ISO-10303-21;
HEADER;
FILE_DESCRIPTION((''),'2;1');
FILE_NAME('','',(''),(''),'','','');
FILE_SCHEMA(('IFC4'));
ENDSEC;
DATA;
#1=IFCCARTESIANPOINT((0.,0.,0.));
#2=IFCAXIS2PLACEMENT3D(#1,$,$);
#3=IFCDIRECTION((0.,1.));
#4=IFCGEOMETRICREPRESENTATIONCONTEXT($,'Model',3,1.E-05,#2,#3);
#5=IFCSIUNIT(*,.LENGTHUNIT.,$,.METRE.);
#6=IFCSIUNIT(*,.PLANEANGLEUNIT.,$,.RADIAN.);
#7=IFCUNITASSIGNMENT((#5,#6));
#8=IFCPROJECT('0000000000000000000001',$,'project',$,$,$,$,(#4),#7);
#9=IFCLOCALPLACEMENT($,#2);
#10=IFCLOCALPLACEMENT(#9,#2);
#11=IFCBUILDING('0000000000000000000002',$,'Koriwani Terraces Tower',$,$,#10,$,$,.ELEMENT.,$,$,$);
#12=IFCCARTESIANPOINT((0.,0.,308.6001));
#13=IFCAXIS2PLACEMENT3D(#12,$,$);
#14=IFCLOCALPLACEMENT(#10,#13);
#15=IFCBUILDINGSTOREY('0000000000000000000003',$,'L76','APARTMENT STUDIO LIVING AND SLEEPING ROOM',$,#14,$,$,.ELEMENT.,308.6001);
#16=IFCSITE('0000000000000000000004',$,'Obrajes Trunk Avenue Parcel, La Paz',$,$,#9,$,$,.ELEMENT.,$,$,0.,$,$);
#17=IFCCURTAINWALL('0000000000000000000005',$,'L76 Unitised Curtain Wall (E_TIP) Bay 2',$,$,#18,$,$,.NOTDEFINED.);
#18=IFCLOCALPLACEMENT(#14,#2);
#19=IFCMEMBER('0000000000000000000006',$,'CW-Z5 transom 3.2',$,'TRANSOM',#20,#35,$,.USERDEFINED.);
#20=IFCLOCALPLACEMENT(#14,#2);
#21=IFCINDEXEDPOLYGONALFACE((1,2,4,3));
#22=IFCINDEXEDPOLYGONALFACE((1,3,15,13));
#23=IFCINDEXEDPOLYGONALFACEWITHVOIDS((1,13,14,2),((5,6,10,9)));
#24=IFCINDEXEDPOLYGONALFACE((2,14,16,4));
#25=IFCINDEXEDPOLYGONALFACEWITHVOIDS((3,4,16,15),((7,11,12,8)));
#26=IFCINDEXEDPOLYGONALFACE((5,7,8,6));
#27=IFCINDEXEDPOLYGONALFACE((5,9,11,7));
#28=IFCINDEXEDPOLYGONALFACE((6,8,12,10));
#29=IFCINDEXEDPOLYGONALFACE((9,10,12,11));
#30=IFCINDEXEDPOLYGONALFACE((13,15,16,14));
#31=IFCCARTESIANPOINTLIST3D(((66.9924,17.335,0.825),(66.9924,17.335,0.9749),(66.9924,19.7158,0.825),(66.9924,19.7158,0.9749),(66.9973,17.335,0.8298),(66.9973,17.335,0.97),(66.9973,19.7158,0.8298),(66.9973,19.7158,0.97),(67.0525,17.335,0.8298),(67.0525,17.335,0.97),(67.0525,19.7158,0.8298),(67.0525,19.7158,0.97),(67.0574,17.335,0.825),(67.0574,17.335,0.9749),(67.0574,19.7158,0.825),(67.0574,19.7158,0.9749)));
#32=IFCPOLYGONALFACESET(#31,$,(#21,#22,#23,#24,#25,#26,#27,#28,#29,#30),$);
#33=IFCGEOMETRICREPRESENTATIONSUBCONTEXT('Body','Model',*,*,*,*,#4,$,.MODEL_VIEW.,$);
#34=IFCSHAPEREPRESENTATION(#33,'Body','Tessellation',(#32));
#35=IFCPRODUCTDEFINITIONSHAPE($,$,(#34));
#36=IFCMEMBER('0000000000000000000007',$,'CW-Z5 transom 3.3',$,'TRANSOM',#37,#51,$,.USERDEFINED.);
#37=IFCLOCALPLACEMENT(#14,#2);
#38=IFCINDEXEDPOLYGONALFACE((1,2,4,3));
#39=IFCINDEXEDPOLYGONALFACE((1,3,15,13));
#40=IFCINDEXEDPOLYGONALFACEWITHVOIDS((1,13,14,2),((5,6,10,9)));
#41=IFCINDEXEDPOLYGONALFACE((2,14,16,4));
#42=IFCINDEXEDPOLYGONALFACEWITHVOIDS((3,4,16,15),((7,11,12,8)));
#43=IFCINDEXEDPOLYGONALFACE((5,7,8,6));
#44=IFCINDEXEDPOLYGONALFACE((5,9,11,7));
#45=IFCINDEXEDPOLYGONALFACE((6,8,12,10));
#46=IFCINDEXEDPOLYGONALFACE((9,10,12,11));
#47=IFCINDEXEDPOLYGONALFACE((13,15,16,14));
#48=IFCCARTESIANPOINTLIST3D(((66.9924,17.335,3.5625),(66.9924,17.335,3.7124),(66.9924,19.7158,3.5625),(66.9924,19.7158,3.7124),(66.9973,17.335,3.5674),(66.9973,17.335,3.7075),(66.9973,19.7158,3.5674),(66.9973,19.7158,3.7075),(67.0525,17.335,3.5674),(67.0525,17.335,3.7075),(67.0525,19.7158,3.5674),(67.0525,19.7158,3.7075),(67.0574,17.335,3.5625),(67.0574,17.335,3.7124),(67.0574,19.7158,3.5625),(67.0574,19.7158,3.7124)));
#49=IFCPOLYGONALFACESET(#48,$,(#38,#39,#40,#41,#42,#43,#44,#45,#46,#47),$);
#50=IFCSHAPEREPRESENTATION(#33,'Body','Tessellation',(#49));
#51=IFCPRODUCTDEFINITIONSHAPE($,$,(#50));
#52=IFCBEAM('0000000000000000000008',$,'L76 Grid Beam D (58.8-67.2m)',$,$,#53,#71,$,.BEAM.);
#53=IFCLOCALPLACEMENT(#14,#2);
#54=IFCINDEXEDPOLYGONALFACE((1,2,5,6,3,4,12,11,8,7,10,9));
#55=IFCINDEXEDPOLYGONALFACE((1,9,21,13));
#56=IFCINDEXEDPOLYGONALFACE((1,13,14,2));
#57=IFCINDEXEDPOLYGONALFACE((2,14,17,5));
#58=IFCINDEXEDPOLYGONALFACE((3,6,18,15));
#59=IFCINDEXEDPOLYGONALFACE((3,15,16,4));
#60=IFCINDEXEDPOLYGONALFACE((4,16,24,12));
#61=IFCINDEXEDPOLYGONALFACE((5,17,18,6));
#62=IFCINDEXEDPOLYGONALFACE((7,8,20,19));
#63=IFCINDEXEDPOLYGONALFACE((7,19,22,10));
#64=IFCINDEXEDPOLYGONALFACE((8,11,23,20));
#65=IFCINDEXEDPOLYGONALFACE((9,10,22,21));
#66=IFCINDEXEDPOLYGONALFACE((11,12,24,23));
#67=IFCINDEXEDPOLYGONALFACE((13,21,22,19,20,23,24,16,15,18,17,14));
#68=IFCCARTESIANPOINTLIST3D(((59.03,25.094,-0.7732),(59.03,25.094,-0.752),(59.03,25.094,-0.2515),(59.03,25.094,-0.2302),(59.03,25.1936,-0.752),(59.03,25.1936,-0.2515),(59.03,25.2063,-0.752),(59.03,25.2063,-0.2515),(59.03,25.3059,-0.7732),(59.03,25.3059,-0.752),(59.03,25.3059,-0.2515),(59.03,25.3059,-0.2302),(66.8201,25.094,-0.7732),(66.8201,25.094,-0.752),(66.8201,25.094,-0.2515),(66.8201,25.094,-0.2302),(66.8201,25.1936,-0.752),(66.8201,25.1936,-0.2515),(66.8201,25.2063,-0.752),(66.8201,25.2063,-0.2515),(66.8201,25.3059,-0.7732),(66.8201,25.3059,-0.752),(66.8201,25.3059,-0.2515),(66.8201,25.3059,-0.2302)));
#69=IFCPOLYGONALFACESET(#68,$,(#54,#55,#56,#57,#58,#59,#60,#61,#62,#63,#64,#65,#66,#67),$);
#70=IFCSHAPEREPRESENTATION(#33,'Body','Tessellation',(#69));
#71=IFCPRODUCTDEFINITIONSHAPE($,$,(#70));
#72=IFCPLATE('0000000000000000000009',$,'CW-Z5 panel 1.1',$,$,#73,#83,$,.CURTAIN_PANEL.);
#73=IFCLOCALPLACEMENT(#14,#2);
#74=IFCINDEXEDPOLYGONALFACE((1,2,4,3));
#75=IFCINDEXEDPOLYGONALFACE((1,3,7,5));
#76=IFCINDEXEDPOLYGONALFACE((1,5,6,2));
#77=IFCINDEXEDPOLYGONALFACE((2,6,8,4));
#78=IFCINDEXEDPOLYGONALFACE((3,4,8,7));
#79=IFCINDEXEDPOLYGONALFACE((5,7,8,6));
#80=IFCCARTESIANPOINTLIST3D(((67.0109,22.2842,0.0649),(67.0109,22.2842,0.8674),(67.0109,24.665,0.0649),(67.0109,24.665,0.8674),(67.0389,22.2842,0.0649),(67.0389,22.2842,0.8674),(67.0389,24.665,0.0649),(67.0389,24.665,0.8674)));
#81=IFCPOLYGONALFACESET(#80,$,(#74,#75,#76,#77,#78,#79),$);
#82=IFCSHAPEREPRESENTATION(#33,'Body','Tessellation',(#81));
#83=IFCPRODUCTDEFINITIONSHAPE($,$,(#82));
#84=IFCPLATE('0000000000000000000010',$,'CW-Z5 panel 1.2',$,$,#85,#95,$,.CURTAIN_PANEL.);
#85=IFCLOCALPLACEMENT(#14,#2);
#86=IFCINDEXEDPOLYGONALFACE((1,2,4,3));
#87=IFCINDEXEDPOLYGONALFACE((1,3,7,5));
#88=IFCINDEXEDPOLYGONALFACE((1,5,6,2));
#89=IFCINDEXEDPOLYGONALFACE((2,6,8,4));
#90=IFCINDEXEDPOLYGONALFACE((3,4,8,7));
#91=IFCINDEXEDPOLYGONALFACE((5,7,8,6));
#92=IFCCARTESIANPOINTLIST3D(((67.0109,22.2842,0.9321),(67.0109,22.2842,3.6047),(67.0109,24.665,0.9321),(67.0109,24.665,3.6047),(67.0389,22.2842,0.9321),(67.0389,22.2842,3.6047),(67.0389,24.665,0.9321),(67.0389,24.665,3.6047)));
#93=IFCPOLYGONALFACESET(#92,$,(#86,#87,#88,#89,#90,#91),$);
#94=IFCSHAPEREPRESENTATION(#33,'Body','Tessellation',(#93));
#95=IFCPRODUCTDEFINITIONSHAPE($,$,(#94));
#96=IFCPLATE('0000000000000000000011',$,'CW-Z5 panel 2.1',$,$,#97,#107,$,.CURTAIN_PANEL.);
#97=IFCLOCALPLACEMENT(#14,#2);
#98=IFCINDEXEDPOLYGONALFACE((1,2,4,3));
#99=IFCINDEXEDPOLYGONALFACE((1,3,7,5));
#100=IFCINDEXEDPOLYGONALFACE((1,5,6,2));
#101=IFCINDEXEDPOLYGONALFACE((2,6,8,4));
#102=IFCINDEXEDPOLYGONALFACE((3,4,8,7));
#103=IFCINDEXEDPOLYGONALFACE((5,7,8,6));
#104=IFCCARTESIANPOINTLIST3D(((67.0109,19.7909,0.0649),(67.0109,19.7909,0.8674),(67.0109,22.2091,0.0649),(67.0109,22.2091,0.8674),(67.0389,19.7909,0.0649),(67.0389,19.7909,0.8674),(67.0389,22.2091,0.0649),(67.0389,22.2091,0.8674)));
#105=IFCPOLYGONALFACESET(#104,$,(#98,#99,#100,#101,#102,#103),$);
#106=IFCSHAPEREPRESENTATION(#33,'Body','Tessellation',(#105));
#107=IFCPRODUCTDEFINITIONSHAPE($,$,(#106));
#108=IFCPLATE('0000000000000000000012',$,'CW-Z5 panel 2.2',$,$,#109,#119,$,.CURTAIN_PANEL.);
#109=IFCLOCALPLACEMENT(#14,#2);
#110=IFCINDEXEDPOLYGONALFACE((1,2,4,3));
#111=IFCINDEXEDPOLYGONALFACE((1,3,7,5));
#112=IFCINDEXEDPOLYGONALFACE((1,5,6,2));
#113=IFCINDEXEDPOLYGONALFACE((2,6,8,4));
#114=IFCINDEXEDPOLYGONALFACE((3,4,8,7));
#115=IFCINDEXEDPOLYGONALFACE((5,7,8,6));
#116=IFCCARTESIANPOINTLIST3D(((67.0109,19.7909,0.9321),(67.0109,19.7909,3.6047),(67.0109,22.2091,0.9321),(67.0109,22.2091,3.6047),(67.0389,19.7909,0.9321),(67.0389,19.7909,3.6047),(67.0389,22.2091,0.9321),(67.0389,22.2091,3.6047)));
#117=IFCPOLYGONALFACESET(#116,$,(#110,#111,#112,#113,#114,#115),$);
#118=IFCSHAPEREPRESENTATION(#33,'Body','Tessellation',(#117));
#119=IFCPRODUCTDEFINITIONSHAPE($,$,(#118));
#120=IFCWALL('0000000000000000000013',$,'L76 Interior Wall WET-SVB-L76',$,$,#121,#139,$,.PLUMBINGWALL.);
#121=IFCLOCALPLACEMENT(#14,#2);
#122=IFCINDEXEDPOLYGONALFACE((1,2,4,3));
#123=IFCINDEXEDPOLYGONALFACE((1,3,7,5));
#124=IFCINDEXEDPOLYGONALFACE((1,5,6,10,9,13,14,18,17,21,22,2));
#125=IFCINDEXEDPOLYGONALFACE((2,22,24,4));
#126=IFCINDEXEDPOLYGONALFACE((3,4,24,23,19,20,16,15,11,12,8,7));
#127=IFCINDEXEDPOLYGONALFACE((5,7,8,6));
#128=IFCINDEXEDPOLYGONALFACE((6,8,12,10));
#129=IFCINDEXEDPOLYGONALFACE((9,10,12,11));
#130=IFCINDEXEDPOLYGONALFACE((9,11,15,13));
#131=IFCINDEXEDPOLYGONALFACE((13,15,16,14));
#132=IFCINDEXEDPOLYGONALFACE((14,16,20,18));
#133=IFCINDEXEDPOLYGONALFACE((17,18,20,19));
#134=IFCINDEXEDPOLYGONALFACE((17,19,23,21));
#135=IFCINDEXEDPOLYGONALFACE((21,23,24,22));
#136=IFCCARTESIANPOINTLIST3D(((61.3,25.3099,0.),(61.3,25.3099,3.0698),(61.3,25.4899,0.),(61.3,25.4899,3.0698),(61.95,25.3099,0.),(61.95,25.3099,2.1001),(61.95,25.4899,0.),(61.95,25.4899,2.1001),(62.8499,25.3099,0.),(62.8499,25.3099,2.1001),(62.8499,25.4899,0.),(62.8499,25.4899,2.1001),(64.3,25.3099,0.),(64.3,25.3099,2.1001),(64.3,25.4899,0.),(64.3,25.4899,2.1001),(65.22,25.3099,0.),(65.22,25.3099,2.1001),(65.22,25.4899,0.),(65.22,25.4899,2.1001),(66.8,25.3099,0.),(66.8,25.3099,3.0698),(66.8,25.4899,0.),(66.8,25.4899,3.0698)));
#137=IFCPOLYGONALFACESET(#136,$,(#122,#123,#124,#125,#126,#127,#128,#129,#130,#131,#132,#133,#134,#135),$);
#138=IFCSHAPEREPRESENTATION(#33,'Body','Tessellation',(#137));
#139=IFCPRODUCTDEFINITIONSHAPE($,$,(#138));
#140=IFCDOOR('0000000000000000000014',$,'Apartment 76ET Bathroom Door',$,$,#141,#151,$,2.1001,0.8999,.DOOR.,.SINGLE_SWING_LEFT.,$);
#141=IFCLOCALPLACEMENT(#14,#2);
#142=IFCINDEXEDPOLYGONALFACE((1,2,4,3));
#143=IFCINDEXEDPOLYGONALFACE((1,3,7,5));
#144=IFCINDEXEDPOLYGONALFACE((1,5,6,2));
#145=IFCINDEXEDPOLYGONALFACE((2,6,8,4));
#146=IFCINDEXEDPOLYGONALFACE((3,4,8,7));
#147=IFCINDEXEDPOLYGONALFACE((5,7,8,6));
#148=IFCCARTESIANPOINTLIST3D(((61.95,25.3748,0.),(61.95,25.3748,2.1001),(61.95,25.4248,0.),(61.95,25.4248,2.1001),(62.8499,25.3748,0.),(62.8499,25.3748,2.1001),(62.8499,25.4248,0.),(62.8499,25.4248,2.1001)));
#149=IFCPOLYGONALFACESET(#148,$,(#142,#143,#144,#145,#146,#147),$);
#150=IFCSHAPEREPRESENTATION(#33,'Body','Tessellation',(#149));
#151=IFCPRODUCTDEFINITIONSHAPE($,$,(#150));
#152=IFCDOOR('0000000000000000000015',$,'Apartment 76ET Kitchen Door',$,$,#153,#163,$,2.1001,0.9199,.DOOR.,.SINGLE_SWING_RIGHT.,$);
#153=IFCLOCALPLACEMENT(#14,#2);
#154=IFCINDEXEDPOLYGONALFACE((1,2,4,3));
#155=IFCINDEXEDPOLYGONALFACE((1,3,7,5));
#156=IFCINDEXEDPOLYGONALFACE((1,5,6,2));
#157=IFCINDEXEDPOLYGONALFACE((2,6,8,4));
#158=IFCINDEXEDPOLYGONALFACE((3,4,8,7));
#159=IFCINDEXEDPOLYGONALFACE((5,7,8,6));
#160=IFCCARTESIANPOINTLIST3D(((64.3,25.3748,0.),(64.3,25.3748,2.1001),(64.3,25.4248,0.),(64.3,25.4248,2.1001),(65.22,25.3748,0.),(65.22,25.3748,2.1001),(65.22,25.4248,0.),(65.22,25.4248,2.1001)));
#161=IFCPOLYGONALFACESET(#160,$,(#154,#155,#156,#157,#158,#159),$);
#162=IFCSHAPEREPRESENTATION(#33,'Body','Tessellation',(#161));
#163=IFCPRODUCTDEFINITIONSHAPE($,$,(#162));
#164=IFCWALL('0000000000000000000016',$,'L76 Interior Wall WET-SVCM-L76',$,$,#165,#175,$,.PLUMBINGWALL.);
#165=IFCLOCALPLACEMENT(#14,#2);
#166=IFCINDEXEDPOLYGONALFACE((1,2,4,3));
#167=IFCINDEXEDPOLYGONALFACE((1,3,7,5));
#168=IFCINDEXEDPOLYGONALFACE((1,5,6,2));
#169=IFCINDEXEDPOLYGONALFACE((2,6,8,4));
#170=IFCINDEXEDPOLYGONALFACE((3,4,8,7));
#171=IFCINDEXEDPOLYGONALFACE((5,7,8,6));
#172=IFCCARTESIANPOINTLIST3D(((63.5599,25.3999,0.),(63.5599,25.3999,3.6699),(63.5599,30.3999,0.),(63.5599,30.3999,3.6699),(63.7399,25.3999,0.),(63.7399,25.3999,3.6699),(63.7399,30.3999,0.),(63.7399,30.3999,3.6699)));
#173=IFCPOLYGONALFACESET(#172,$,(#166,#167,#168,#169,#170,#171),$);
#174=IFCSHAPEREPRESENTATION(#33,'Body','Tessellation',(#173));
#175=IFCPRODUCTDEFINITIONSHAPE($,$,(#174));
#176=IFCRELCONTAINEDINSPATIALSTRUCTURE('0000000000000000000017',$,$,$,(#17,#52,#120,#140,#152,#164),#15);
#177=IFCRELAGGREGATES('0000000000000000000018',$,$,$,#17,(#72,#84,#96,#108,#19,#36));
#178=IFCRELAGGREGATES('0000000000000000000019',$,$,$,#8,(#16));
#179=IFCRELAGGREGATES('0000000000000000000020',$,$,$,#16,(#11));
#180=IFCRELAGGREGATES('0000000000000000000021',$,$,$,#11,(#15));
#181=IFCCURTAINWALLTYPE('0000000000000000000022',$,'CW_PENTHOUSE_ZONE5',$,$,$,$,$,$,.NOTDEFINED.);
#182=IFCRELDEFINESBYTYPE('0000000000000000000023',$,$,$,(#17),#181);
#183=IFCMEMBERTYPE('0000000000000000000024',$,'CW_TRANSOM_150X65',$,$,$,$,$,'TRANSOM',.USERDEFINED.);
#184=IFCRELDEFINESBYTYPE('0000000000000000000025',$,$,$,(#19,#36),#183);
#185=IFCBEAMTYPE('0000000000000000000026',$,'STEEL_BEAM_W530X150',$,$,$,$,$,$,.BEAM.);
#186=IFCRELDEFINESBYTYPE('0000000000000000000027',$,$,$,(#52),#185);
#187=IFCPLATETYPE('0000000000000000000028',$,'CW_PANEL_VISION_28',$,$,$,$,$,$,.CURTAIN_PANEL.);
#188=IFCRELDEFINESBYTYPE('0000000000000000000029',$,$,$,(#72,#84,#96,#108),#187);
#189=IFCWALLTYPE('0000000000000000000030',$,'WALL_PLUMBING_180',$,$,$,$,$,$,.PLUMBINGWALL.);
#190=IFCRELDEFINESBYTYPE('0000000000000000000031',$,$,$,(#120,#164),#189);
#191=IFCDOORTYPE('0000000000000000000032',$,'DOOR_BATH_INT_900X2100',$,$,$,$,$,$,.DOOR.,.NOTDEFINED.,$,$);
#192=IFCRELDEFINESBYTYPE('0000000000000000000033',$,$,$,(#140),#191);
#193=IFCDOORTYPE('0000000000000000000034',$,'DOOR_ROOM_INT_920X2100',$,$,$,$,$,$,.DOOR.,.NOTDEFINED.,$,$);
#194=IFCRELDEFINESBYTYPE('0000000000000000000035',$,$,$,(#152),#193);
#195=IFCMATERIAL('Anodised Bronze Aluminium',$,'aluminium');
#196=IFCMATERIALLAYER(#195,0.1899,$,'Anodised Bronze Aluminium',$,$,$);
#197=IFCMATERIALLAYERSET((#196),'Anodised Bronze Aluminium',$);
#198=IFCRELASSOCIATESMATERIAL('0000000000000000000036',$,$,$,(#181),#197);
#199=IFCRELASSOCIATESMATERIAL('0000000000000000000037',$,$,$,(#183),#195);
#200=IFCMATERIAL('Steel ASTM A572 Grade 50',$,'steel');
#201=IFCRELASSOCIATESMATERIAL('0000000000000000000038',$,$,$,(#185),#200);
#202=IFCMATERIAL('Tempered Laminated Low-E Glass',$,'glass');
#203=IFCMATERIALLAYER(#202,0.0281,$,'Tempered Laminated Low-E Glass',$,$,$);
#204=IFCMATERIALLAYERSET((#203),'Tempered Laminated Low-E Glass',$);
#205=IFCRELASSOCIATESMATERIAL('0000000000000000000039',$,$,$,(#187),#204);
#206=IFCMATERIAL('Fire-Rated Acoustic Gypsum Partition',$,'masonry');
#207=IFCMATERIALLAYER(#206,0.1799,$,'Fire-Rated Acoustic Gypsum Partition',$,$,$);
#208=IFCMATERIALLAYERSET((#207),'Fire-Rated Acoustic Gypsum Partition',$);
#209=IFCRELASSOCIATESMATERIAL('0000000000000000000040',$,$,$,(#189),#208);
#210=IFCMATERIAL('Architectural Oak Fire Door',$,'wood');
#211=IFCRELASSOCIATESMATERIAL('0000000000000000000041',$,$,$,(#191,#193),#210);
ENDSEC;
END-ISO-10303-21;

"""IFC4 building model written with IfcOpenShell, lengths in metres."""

from ifc_helpers import new_model, si_unit, direction, frame, frame_2d, origin, origin_2d, place, context, subcontext, project, spatial, rectangle, hollow_rectangle, i_section, extrude, material, layer, layer_set, material_profile, profile_set, type_object, element, fill, aggregate, save


model = new_model("IFC4")

# Units and contexts
model_context = context("Model", 3, precision=1e-05, world=origin(), true_north=direction((0.0, 1.0)))
body_context = subcontext(model_context, "Body", "Model", "MODEL_VIEW")
ifc_project = project(units=[si_unit("LENGTHUNIT", "METRE"), si_unit("PLANEANGLEUNIT", "RADIAN")], contexts=[model_context])

# Site, building, storey
site_placement = place(None, origin())
site = spatial("IfcSite", under=ifc_project, at=site_placement, Name="Obrajes Trunk Avenue Parcel, La Paz", CompositionType="ELEMENT", RefElevation=0.0)
building_placement = place(site_placement, origin())
building = spatial("IfcBuilding", under=site, at=building_placement, Name="Koriwani Terraces Tower", CompositionType="ELEMENT")
storey_placement = place(building_placement, frame((0.0, 0.0, 308.6001)))
storey = spatial("IfcBuildingStorey", under=building, at=storey_placement, Name="L76", Description="APARTMENT STUDIO LIVING AND SLEEPING ROOM", CompositionType="ELEMENT", Elevation=308.6001)

# Curtain wall, members
ifc_material_1 = material(Name="Anodised Bronze Aluminium", Category="aluminium")
ifc_layer_1 = layer(ifc_material_1, 0.1899, Name="Anodised Bronze Aluminium")
ifc_layer_set_1 = layer_set([ifc_layer_1], Name="Anodised Bronze Aluminium")
curtain_wall_type = type_object("IfcCurtainWallType", Name="CW_PENTHOUSE_ZONE5", PredefinedType="NOTDEFINED", material=ifc_layer_set_1)
curtain_wall_placement = place(storey_placement, origin())
curtain_wall = element("IfcCurtainWall", 1, at=curtain_wall_placement, inside=storey, type_object=curtain_wall_type, Name="L76 Unitised Curtain Wall (E_TIP) Bay 2", PredefinedType="NOTDEFINED")
ifc_material_profile_1 = material_profile(ifc_material_1, hollow_rectangle(XDim=0.0649, YDim=0.1499, WallThickness=0.0049, at=origin_2d()), Name="Anodised Bronze Aluminium", Category="LoadBearing")
ifc_profile_set_1 = profile_set([ifc_material_profile_1], Name="Anodised Bronze Aluminium")
member_type_1 = type_object("IfcMemberType", Name="CW_TRANSOM_150X65", ElementType="TRANSOM", PredefinedType="USERDEFINED", material=ifc_profile_set_1)
member_1_placement = place(storey_placement, frame((67.0249, 19.7158, 0.8999), z_axis=(0.0, -1.0, 0.0), x_axis=(1.0, 0.0, 0.0)))
member_1 = element("IfcMember", 2, at=member_1_placement, type_object=member_type_1, Name="CW-Z5 transom 3.2", ObjectType="TRANSOM", PredefinedType="USERDEFINED", context=body_context, shape_type="SweptSolid", body=[
    extrude(hollow_rectangle(XDim=0.0649, YDim=0.1499, WallThickness=0.0049, at=origin_2d()), origin(), (0.0, 0.0, 1.0), 2.3809),
])
member_2_placement = place(storey_placement, frame((67.0249, 19.7158, 3.6375), z_axis=(0.0, -1.0, 0.0), x_axis=(1.0, 0.0, 0.0)))
member_2 = element("IfcMember", 3, at=member_2_placement, type_object=member_type_1, Name="CW-Z5 transom 3.3", ObjectType="TRANSOM", PredefinedType="USERDEFINED", context=body_context, shape_type="SweptSolid", body=[
    extrude(hollow_rectangle(XDim=0.0649, YDim=0.1499, WallThickness=0.0049, at=origin_2d()), origin(), (0.0, 0.0, 1.0), 2.3809),
])

# Beam
ifc_material_2 = material(Name="Steel ASTM A572 Grade 50", Category="steel")
ifc_material_profile_2 = material_profile(ifc_material_2, i_section(OverallWidth=0.2119, OverallDepth=0.543, WebThickness=0.0127, FlangeThickness=0.0212, at=origin_2d()), Name="Steel ASTM A572 Grade 50", Category="LoadBearing")
ifc_profile_set_2 = profile_set([ifc_material_profile_2], Name="Steel ASTM A572 Grade 50")
beam_type = type_object("IfcBeamType", Name="STEEL_BEAM_W530X150", PredefinedType="BEAM", material=ifc_profile_set_2)
beam_placement = place(storey_placement, frame((59.03, 25.2, -0.5017), z_axis=(1.0, 0.0, 0.0), x_axis=(0.0, 1.0, 0.0)))
element("IfcBeam", 4, at=beam_placement, inside=storey, type_object=beam_type, Name="L76 Grid Beam D (58.8-67.2m)", PredefinedType="BEAM", context=body_context, shape_type="SweptSolid", body=[
    extrude(i_section(OverallWidth=0.2119, OverallDepth=0.543, WebThickness=0.0127, FlangeThickness=0.0212, at=origin_2d()), origin(), (0.0, 0.0, 1.0), 7.79),
])

# Plates
ifc_material_3 = material(Name="Tempered Laminated Low-E Glass", Category="glass")
ifc_layer_2 = layer(ifc_material_3, 0.0281, Name="Tempered Laminated Low-E Glass")
ifc_layer_set_2 = layer_set([ifc_layer_2], Name="Tempered Laminated Low-E Glass")
plate_type = type_object("IfcPlateType", Name="CW_PANEL_VISION_28", PredefinedType="CURTAIN_PANEL", material=ifc_layer_set_2)
plate_1_placement = place(storey_placement, frame((67.0249, 23.4746, 0.0649), z_axis=(0.0, 0.0, 1.0), x_axis=(0.0, -1.0, 0.0)))
plate_1 = element("IfcPlate", 5, at=plate_1_placement, type_object=plate_type, Name="CW-Z5 panel 1.1", PredefinedType="CURTAIN_PANEL", context=body_context, shape_type="SweptSolid", body=[
    extrude(rectangle(XDim=2.3809, YDim=0.0281, at=origin_2d()), origin(), (0.0, 0.0, 1.0), 0.8025),
])
plate_2_placement = place(storey_placement, frame((67.0249, 23.4746, 0.9321), z_axis=(0.0, 0.0, 1.0), x_axis=(0.0, -1.0, 0.0)))
plate_2 = element("IfcPlate", 6, at=plate_2_placement, type_object=plate_type, Name="CW-Z5 panel 1.2", PredefinedType="CURTAIN_PANEL", context=body_context, shape_type="SweptSolid", body=[
    extrude(rectangle(XDim=2.3809, YDim=0.0281, at=origin_2d()), origin(), (0.0, 0.0, 1.0), 2.6726),
])
plate_3_placement = place(storey_placement, frame((67.0249, 21.0, 0.0649), z_axis=(0.0, 0.0, 1.0), x_axis=(0.0, -1.0, 0.0)))
plate_3 = element("IfcPlate", 7, at=plate_3_placement, type_object=plate_type, Name="CW-Z5 panel 2.1", PredefinedType="CURTAIN_PANEL", context=body_context, shape_type="SweptSolid", body=[
    extrude(rectangle(XDim=2.4182, YDim=0.0281, at=origin_2d()), origin(), (0.0, 0.0, 1.0), 0.8025),
])
plate_4_placement = place(storey_placement, frame((67.0249, 21.0, 0.9321), z_axis=(0.0, 0.0, 1.0), x_axis=(0.0, -1.0, 0.0)))
plate_4 = element("IfcPlate", 8, at=plate_4_placement, type_object=plate_type, Name="CW-Z5 panel 2.2", PredefinedType="CURTAIN_PANEL", context=body_context, shape_type="SweptSolid", body=[
    extrude(rectangle(XDim=2.4182, YDim=0.0281, at=origin_2d()), origin(), (0.0, 0.0, 1.0), 2.6726),
])
aggregate(curtain_wall, [plate_1, plate_2, plate_3, plate_4, member_1, member_2])

# Wall, openings, doors
ifc_material_4 = material(Name="Fire-Rated Acoustic Gypsum Partition", Category="masonry")
ifc_layer_3 = layer(ifc_material_4, 0.1799, Name="Fire-Rated Acoustic Gypsum Partition")
ifc_layer_set_3 = layer_set([ifc_layer_3], Name="Fire-Rated Acoustic Gypsum Partition")
wall_type = type_object("IfcWallType", Name="WALL_PLUMBING_180", PredefinedType="PLUMBINGWALL", material=ifc_layer_set_3)
wall_1_placement = place(storey_placement, frame((61.3, 25.3999, 0.0), z_axis=(0.0, 0.0, 1.0), x_axis=(1.0, 0.0, 0.0)))
wall_1 = element("IfcWall", 9, at=wall_1_placement, inside=storey, type_object=wall_type, Name="L76 Interior Wall WET-SVB-L76", PredefinedType="PLUMBINGWALL", context=body_context, shape_type="SweptSolid", body=[
    extrude(rectangle(XDim=5.5, YDim=0.1799, at=frame_2d((2.75, 0.0))), origin(), (0.0, 0.0, 1.0), 3.0698),
])
opening_1_placement = place(wall_1_placement, frame((0.6499, 0.0, 0.0)))
opening_1 = element("IfcOpeningElement", 10, at=opening_1_placement, cuts=wall_1, PredefinedType="OPENING", context=body_context, shape_type="SweptSolid", body=[
    extrude(rectangle(XDim=0.8999, YDim=2.1001, at=frame_2d((0.45, 1.05))), frame((0.0, 0.1001, 0.0), z_axis=(0.0, -1.0, 0.0), x_axis=(1.0, 0.0, 0.0)), (0.0, 0.0, 1.0), 0.2),
])
opening_2_placement = place(wall_1_placement, frame((3.0, 0.0, 0.0)))
opening_2 = element("IfcOpeningElement", 11, at=opening_2_placement, cuts=wall_1, PredefinedType="OPENING", context=body_context, shape_type="SweptSolid", body=[
    extrude(rectangle(XDim=0.9199, YDim=2.1001, at=frame_2d((0.46, 1.05))), frame((0.0, 0.1001, 0.0), z_axis=(0.0, -1.0, 0.0), x_axis=(1.0, 0.0, 0.0)), (0.0, 0.0, 1.0), 0.2),
])
ifc_material_5 = material(Name="Architectural Oak Fire Door", Category="wood")
door_type_1 = type_object("IfcDoorType", Name="DOOR_BATH_INT_900X2100", OperationType="NOTDEFINED", PredefinedType="DOOR", material=ifc_material_5)
door_1_placement = place(opening_1_placement, origin())
door_1 = element("IfcDoor", 12, at=door_1_placement, inside=storey, type_object=door_type_1, Name="Apartment 76ET Bathroom Door", OperationType="SINGLE_SWING_LEFT", OverallHeight=2.1001, OverallWidth=0.8999, PredefinedType="DOOR", context=body_context, shape_type="SweptSolid", body=[
    extrude(rectangle(XDim=0.8999, YDim=2.1001, at=frame_2d((0.45, 1.05))), frame((0.0, 0.0249, 0.0), z_axis=(0.0, -1.0, 0.0), x_axis=(1.0, 0.0, 0.0)), (0.0, 0.0, 1.0), 0.05),
])
fill(opening_1, door_1)
door_type_2 = type_object("IfcDoorType", Name="DOOR_ROOM_INT_920X2100", OperationType="NOTDEFINED", PredefinedType="DOOR", material=ifc_material_5)
door_2_placement = place(opening_2_placement, origin())
door_2 = element("IfcDoor", 13, at=door_2_placement, inside=storey, type_object=door_type_2, Name="Apartment 76ET Kitchen Door", OperationType="SINGLE_SWING_RIGHT", OverallHeight=2.1001, OverallWidth=0.9199, PredefinedType="DOOR", context=body_context, shape_type="SweptSolid", body=[
    extrude(rectangle(XDim=0.9199, YDim=2.1001, at=frame_2d((0.46, 1.05))), frame((0.0, 0.0249, 0.0), z_axis=(0.0, -1.0, 0.0), x_axis=(1.0, 0.0, 0.0)), (0.0, 0.0, 1.0), 0.05),
])
fill(opening_2, door_2)

# Wall
wall_2_placement = place(storey_placement, frame((63.6499, 25.3999, 0.0), z_axis=(0.0, 0.0, 1.0), x_axis=(0.0, 1.0, 0.0)))
element("IfcWall", 14, at=wall_2_placement, inside=storey, type_object=wall_type, Name="L76 Interior Wall WET-SVCM-L76", PredefinedType="PLUMBINGWALL", context=body_context, shape_type="SweptSolid", body=[
    extrude(rectangle(XDim=5.0, YDim=0.1799, at=frame_2d((2.5, 0.0))), origin(), (0.0, 0.0, 1.0), 3.6699),
])

save(model, "model.ifc")
